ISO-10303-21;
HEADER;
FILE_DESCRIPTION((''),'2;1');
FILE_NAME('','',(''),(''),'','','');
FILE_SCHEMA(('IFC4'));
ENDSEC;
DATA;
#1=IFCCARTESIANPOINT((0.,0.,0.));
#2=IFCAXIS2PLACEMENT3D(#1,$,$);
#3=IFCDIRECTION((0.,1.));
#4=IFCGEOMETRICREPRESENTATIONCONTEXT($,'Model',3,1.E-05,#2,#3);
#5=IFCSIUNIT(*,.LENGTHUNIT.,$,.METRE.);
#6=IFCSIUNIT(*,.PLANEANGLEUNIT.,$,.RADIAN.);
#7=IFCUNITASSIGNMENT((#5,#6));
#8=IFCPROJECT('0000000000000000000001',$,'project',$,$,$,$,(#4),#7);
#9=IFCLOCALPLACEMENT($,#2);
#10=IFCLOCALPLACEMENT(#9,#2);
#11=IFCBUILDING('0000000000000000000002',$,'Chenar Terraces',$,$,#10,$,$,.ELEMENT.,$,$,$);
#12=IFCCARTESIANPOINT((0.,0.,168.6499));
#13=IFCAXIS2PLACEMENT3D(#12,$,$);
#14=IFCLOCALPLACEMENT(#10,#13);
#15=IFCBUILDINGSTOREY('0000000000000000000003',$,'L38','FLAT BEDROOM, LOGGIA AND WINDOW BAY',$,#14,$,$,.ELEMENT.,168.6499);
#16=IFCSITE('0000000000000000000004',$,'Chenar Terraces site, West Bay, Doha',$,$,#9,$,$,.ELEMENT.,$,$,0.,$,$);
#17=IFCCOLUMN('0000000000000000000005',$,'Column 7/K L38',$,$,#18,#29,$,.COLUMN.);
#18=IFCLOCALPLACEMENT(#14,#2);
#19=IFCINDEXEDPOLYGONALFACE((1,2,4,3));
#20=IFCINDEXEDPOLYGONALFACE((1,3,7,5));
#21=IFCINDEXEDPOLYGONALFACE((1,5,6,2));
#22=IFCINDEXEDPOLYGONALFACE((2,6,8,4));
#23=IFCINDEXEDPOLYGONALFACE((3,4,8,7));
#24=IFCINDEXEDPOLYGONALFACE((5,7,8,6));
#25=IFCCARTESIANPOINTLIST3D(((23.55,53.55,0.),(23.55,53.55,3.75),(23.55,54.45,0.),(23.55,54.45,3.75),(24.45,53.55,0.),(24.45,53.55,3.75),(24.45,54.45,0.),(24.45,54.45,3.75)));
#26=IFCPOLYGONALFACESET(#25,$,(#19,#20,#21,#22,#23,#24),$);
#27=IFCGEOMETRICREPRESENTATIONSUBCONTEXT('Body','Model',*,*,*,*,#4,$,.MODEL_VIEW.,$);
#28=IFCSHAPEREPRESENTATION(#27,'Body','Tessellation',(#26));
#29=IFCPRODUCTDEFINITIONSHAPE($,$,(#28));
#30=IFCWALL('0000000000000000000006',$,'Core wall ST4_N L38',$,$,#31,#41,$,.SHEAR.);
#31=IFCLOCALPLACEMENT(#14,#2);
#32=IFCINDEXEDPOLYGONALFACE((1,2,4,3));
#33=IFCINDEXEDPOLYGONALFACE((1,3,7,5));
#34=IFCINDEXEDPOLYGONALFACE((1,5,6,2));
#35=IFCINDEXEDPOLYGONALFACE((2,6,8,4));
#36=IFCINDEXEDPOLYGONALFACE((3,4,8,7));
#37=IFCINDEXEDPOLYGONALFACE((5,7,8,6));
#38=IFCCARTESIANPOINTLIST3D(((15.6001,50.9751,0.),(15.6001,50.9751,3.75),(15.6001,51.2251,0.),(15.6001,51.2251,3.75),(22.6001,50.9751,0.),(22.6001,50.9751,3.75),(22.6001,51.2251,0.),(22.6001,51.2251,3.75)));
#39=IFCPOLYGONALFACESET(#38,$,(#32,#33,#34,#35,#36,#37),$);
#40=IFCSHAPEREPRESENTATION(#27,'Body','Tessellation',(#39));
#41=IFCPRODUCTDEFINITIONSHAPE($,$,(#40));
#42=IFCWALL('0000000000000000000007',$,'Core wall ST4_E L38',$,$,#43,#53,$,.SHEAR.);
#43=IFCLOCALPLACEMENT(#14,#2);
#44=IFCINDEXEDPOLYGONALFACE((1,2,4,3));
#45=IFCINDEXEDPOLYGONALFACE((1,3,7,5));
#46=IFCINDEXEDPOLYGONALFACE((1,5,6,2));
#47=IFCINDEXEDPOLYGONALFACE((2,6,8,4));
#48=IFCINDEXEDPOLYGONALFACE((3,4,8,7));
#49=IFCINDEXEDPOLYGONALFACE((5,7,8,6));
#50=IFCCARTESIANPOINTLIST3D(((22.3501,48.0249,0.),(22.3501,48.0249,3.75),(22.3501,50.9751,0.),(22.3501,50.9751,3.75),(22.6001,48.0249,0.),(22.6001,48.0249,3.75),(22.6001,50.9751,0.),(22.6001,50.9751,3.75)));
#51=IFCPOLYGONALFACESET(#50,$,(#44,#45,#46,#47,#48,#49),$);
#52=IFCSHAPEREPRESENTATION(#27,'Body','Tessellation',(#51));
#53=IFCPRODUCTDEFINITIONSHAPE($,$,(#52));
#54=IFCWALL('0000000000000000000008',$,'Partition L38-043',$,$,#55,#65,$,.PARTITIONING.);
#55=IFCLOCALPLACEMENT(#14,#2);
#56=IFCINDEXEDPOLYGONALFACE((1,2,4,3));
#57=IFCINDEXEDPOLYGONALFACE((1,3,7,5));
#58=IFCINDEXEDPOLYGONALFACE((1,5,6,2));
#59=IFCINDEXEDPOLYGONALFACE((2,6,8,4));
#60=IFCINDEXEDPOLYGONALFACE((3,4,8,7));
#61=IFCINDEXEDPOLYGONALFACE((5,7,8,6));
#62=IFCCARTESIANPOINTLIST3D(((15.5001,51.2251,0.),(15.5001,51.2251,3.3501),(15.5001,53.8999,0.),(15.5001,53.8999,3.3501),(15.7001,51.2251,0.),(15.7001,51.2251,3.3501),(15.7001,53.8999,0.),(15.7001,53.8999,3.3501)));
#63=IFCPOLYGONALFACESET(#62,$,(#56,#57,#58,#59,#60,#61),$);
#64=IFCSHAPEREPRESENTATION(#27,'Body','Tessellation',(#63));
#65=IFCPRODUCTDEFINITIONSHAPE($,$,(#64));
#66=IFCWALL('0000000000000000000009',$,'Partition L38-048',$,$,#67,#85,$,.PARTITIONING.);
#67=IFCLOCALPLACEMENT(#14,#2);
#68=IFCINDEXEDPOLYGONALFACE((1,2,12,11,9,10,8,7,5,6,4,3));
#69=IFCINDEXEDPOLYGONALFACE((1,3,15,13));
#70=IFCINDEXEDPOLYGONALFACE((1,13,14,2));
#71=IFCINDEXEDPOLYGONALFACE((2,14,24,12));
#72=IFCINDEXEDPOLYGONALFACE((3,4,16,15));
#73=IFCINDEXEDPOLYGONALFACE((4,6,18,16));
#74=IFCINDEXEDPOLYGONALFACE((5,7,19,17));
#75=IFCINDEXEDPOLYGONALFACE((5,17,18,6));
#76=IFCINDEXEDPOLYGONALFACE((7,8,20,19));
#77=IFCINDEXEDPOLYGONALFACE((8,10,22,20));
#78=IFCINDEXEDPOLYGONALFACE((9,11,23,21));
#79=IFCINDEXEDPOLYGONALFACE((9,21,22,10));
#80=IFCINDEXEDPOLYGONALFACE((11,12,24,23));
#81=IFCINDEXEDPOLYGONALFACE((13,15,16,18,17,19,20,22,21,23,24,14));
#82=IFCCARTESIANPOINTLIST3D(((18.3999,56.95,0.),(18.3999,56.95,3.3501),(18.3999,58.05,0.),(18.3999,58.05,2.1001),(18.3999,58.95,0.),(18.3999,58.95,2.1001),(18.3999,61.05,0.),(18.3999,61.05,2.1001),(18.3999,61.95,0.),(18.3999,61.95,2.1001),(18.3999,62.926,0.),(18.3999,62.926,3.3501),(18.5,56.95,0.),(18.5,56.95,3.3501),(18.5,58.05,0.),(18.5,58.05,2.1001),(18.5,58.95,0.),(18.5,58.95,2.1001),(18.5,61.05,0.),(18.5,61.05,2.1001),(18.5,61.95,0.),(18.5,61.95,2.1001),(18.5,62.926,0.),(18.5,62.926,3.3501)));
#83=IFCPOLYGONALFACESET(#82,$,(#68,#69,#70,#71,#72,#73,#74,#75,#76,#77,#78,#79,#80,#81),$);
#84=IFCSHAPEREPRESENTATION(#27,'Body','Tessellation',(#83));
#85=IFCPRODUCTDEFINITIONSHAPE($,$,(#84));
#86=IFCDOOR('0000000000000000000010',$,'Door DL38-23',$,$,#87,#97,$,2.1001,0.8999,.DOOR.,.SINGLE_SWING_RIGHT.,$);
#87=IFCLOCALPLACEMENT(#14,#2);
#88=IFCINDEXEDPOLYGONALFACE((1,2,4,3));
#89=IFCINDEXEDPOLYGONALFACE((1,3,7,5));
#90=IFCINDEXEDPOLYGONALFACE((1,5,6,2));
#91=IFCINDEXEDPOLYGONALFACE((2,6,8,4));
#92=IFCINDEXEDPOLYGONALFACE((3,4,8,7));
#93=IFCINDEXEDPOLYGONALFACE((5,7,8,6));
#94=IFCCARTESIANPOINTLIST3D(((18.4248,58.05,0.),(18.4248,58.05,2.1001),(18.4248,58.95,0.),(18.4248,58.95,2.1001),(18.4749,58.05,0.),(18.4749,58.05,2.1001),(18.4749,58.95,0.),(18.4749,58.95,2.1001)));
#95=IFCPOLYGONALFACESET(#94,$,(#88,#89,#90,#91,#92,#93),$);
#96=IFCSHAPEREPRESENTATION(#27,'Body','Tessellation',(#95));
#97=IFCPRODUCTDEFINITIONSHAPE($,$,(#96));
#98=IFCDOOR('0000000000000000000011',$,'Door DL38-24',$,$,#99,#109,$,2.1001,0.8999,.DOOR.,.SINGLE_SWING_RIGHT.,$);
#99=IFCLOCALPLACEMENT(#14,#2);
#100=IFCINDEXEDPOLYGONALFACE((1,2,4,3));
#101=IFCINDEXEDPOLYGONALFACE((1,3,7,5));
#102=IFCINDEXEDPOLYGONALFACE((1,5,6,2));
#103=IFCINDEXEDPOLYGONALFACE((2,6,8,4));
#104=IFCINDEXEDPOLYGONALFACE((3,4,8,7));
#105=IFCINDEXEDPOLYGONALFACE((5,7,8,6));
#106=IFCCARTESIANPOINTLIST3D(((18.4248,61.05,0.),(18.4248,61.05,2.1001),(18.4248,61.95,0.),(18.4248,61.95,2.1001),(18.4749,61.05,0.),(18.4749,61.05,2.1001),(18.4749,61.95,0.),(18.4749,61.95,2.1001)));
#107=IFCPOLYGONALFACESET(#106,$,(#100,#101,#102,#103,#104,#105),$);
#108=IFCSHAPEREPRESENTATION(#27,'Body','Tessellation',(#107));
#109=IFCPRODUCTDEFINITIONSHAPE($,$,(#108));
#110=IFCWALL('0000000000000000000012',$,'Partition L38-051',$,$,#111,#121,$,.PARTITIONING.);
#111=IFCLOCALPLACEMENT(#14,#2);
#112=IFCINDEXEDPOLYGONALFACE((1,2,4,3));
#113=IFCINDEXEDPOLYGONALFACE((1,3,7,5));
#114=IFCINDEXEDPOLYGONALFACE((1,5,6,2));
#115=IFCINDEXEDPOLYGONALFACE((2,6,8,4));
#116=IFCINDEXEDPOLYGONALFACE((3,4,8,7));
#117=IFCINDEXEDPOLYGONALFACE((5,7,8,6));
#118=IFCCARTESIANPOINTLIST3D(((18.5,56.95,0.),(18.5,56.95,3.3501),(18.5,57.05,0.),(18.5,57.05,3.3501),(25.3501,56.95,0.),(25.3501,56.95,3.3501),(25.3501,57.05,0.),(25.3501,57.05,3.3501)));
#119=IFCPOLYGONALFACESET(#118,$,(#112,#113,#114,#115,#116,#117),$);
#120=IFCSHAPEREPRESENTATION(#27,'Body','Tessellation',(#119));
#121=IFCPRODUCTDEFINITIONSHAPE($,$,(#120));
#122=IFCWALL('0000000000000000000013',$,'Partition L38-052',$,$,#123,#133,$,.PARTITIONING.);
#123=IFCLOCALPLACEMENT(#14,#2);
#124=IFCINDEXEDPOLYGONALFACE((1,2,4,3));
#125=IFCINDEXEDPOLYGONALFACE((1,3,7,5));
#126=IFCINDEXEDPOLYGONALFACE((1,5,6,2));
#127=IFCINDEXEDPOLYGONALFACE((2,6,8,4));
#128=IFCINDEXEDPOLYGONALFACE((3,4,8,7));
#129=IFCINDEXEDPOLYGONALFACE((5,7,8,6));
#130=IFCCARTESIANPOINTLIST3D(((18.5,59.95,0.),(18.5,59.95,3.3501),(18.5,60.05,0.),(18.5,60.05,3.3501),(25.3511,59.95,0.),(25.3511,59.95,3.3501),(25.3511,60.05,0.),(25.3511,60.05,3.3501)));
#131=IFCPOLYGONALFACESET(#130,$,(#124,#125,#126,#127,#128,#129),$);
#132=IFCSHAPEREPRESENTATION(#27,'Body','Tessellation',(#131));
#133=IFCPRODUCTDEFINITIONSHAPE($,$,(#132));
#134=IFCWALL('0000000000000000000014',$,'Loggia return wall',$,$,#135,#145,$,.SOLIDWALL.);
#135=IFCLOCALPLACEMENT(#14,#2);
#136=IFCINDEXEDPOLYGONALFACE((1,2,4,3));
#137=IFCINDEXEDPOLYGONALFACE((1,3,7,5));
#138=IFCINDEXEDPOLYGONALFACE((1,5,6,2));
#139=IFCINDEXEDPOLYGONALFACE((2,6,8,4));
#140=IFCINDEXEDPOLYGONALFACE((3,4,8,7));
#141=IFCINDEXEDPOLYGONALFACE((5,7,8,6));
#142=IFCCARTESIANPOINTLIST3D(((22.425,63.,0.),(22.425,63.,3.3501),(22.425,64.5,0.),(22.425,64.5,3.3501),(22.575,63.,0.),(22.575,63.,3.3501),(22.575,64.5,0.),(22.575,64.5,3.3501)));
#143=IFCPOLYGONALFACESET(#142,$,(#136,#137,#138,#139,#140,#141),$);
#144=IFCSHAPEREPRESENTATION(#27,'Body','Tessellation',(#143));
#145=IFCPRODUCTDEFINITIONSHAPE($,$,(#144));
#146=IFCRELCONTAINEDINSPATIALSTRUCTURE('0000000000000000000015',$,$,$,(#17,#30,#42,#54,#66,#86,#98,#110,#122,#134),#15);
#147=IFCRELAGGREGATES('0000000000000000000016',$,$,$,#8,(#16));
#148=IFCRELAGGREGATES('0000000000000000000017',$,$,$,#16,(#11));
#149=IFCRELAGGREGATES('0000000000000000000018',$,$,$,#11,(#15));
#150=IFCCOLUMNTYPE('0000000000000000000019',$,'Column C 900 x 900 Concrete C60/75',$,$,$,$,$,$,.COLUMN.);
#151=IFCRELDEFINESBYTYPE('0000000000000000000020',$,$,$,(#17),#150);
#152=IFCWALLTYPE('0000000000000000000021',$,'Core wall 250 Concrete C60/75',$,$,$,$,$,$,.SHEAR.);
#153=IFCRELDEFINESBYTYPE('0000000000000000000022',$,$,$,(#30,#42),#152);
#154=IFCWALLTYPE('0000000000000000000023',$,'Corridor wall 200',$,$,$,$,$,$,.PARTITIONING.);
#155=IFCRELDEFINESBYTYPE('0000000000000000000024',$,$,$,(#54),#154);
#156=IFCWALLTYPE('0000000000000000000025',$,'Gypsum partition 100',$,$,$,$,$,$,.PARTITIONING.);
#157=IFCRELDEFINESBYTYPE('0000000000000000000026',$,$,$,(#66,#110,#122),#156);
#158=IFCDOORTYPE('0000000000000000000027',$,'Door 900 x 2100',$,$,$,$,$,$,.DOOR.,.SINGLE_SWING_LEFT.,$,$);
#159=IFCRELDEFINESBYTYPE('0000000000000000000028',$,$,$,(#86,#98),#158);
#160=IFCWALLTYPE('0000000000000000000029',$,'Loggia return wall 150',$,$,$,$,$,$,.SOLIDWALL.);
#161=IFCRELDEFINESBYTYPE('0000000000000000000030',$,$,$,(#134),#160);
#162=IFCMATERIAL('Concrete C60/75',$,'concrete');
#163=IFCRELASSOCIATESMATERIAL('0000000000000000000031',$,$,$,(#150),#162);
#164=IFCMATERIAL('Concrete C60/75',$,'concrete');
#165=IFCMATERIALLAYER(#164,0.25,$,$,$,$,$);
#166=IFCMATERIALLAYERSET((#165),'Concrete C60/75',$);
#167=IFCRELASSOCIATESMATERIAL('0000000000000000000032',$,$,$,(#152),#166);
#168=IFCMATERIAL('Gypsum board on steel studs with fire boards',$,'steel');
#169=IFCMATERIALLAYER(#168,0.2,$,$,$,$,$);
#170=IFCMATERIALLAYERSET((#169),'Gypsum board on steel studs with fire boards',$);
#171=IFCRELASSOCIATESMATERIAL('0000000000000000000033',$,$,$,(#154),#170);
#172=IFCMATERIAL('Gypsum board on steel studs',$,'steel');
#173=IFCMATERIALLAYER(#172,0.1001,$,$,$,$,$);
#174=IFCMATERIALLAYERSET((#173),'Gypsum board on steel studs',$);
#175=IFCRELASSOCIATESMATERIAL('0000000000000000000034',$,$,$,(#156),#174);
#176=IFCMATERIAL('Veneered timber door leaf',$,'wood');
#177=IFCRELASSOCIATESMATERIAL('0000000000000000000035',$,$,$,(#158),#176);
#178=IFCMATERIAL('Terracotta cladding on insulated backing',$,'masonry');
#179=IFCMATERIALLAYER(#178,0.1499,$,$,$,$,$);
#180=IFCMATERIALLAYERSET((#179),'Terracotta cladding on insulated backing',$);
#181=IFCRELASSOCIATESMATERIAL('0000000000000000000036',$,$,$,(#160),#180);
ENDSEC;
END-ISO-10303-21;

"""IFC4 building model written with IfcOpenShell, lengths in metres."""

from ifc_helpers import new_model, si_unit, direction, frame, frame_2d, origin, origin_2d, place, context, subcontext, project, spatial, rectangle, extrude, material, layer, layer_set, material_profile, profile_set, type_object, element, fill, save


model = new_model("IFC4")

# Units and contexts
model_context = context("Model", 3, precision=1e-05, world=origin(), true_north=direction((0.0, 1.0)))
body_context = subcontext(model_context, "Body", "Model", "MODEL_VIEW")
ifc_project = project(units=[si_unit("LENGTHUNIT", "METRE"), si_unit("PLANEANGLEUNIT", "RADIAN")], contexts=[model_context])

# Site, building, storey
site_placement = place(None, origin())
site = spatial("IfcSite", under=ifc_project, at=site_placement, Name="Chenar Terraces site, West Bay, Doha", CompositionType="ELEMENT", RefElevation=0.0)
building_placement = place(site_placement, origin())
building = spatial("IfcBuilding", under=site, at=building_placement, Name="Chenar Terraces", CompositionType="ELEMENT")
storey_placement = place(building_placement, frame((0.0, 0.0, 168.6499)))
storey = spatial("IfcBuildingStorey", under=building, at=storey_placement, Name="L38", Description="FLAT BEDROOM, LOGGIA AND WINDOW BAY", CompositionType="ELEMENT", Elevation=168.6499)

# Column
ifc_material_1 = material(Name="Concrete C60/75", Category="concrete")
ifc_material_profile = material_profile(ifc_material_1, rectangle(XDim=0.8999, YDim=0.8999, at=origin_2d()), Name="C 900 x 900")
ifc_profile_set = profile_set([ifc_material_profile], Name="Concrete C60/75")
column_type = type_object("IfcColumnType", Name="Column C 900 x 900 Concrete C60/75", PredefinedType="COLUMN", material=ifc_profile_set)
column_placement = place(storey_placement, frame((24.0, 54.0, 0.0), z_axis=(0.0, 0.0, 1.0), x_axis=(1.0, 0.0, 0.0)))
element("IfcColumn", 1, at=column_placement, inside=storey, type_object=column_type, Name="Column 7/K L38", PredefinedType="COLUMN", context=body_context, shape_type="SweptSolid", body=[
    extrude(rectangle(XDim=0.8999, YDim=0.8999, at=origin_2d()), origin(), (0.0, 0.0, 1.0), 3.75),
])

# Walls
ifc_material_2 = material(Name="Concrete C60/75", Category="concrete")
ifc_layer_1 = layer(ifc_material_2, 0.25)
ifc_layer_set_1 = layer_set([ifc_layer_1], Name="Concrete C60/75")
wall_type_1 = type_object("IfcWallType", Name="Core wall 250 Concrete C60/75", PredefinedType="SHEAR", material=ifc_layer_set_1)
wall_1_placement = place(storey_placement, frame((15.6001, 51.1001, 0.0), z_axis=(0.0, 0.0, 1.0), x_axis=(1.0, 0.0, 0.0)))
element("IfcWall", 2, at=wall_1_placement, inside=storey, type_object=wall_type_1, Name="Core wall ST4_N L38", PredefinedType="SHEAR", context=body_context, shape_type="SweptSolid", body=[
    extrude(rectangle(XDim=7.0, YDim=0.25, at=frame_2d((3.5, 0.0))), origin(), (0.0, 0.0, 1.0), 3.75),
])
wall_2_placement = place(storey_placement, frame((22.4751, 48.0249, 0.0), z_axis=(0.0, 0.0, 1.0), x_axis=(0.0, 1.0, 0.0)))
element("IfcWall", 3, at=wall_2_placement, inside=storey, type_object=wall_type_1, Name="Core wall ST4_E L38", PredefinedType="SHEAR", context=body_context, shape_type="SweptSolid", body=[
    extrude(rectangle(XDim=2.9502, YDim=0.25, at=frame_2d((1.4751, 0.0))), origin(), (0.0, 0.0, 1.0), 3.75),
])
ifc_material_3 = material(Name="Gypsum board on steel studs with fire boards", Category="steel")
ifc_layer_2 = layer(ifc_material_3, 0.2)
ifc_layer_set_2 = layer_set([ifc_layer_2], Name="Gypsum board on steel studs with fire boards")
wall_type_2 = type_object("IfcWallType", Name="Corridor wall 200", PredefinedType="PARTITIONING", material=ifc_layer_set_2)
wall_3_placement = place(storey_placement, frame((15.6001, 51.2251, 0.0), z_axis=(0.0, 0.0, 1.0), x_axis=(0.0, 1.0, 0.0)))
element("IfcWall", 4, at=wall_3_placement, inside=storey, type_object=wall_type_2, Name="Partition L38-043", PredefinedType="PARTITIONING", context=body_context, shape_type="SweptSolid", body=[
    extrude(rectangle(XDim=2.6748, YDim=0.2, at=frame_2d((1.3374, 0.0))), origin(), (0.0, 0.0, 1.0), 3.3501),
])

# Wall, openings, doors
ifc_material_4 = material(Name="Gypsum board on steel studs", Category="steel")
ifc_layer_3 = layer(ifc_material_4, 0.1001)
ifc_layer_set_3 = layer_set([ifc_layer_3], Name="Gypsum board on steel studs")
wall_type_3 = type_object("IfcWallType", Name="Gypsum partition 100", PredefinedType="PARTITIONING", material=ifc_layer_set_3)
wall_4_placement = place(storey_placement, frame((18.45, 56.95, 0.0), z_axis=(0.0, 0.0, 1.0), x_axis=(0.0, 1.0, 0.0)))
wall_4 = element("IfcWall", 5, at=wall_4_placement, inside=storey, type_object=wall_type_3, Name="Partition L38-048", PredefinedType="PARTITIONING", context=body_context, shape_type="SweptSolid", body=[
    extrude(rectangle(XDim=5.9761, YDim=0.1001, at=frame_2d((2.988, 0.0))), origin(), (0.0, 0.0, 1.0), 3.3501),
])
opening_1_placement = place(wall_4_placement, frame((1.1001, 0.0, 0.0)))
opening_1 = element("IfcOpeningElement", 6, at=opening_1_placement, cuts=wall_4, PredefinedType="OPENING", context=body_context, shape_type="SweptSolid", body=[
    extrude(rectangle(XDim=0.8999, YDim=2.1001, at=frame_2d((0.45, 1.05))), frame((0.0, 0.0601, 0.0), z_axis=(0.0, -1.0, 0.0), x_axis=(1.0, 0.0, 0.0)), (0.0, 0.0, 1.0), 0.1201),
])
opening_2_placement = place(wall_4_placement, frame((4.1001, 0.0, 0.0)))
opening_2 = element("IfcOpeningElement", 7, at=opening_2_placement, cuts=wall_4, PredefinedType="OPENING", context=body_context, shape_type="SweptSolid", body=[
    extrude(rectangle(XDim=0.8999, YDim=2.1001, at=frame_2d((0.45, 1.05))), frame((0.0, 0.0601, 0.0), z_axis=(0.0, -1.0, 0.0), x_axis=(1.0, 0.0, 0.0)), (0.0, 0.0, 1.0), 0.1201),
])
ifc_material_5 = material(Name="Veneered timber door leaf", Category="wood")
door_type_1 = type_object("IfcDoorType", Name="Door 900 x 2100", OperationType="SINGLE_SWING_LEFT", PredefinedType="DOOR", material=ifc_material_5)
door_1_placement = place(opening_1_placement, frame((0.8999, 0.0, 0.0), z_axis=(0.0, 0.0, 1.0), x_axis=(-1.0, 0.0, 0.0)))
door_1 = element("IfcDoor", 8, at=door_1_placement, inside=storey, type_object=door_type_1, Name="Door DL38-23", OperationType="SINGLE_SWING_RIGHT", OverallHeight=2.1001, OverallWidth=0.8999, PredefinedType="DOOR", context=body_context, shape_type="SweptSolid", body=[
    extrude(rectangle(XDim=0.8999, YDim=2.1001, at=frame_2d((0.45, 1.05))), frame((0.0, 0.0249, 0.0), z_axis=(0.0, -1.0, 0.0), x_axis=(1.0, 0.0, 0.0)), (0.0, 0.0, 1.0), 0.05),
])
fill(opening_1, door_1)
door_2_placement = place(opening_2_placement, frame((0.8999, 0.0, 0.0), z_axis=(0.0, 0.0, 1.0), x_axis=(-1.0, 0.0, 0.0)))
door_2 = element("IfcDoor", 9, at=door_2_placement, inside=storey, type_object=door_type_1, Name="Door DL38-24", OperationType="SINGLE_SWING_RIGHT", OverallHeight=2.1001, OverallWidth=0.8999, PredefinedType="DOOR", context=body_context, shape_type="SweptSolid", body=[
    extrude(rectangle(XDim=0.8999, YDim=2.1001, at=frame_2d((0.45, 1.05))), frame((0.0, 0.0249, 0.0), z_axis=(0.0, -1.0, 0.0), x_axis=(1.0, 0.0, 0.0)), (0.0, 0.0, 1.0), 0.05),
])
fill(opening_2, door_2)

# Walls
wall_5_placement = place(storey_placement, frame((18.5, 57.0, 0.0), z_axis=(0.0, 0.0, 1.0), x_axis=(1.0, 0.0, 0.0)))
element("IfcWall", 10, at=wall_5_placement, inside=storey, type_object=wall_type_3, Name="Partition L38-051", PredefinedType="PARTITIONING", context=body_context, shape_type="SweptSolid", body=[
    extrude(rectangle(XDim=6.8501, YDim=0.1001, at=frame_2d((3.425, 0.0))), origin(), (0.0, 0.0, 1.0), 3.3501),
])
wall_6_placement = place(storey_placement, frame((18.5, 60.0, 0.0), z_axis=(0.0, 0.0, 1.0), x_axis=(1.0, 0.0, 0.0)))
element("IfcWall", 11, at=wall_6_placement, inside=storey, type_object=wall_type_3, Name="Partition L38-052", PredefinedType="PARTITIONING", context=body_context, shape_type="SweptSolid", body=[
    extrude(rectangle(XDim=6.8511, YDim=0.1001, at=frame_2d((3.4255, 0.0))), origin(), (0.0, 0.0, 1.0), 3.3501),
])
ifc_material_6 = material(Name="Terracotta cladding on insulated backing", Category="masonry")
ifc_layer_4 = layer(ifc_material_6, 0.1499)
ifc_layer_set_4 = layer_set([ifc_layer_4], Name="Terracotta cladding on insulated backing")
wall_type_4 = type_object("IfcWallType", Name="Loggia return wall 150", PredefinedType="SOLIDWALL", material=ifc_layer_set_4)
wall_7_placement = place(storey_placement, frame((22.5, 64.5, 0.0), z_axis=(0.0, 0.0, 1.0), x_axis=(0.0, -1.0, 0.0)))
element("IfcWall", 12, at=wall_7_placement, inside=storey, type_object=wall_type_4, Name="Loggia return wall", PredefinedType="SOLIDWALL", context=body_context, shape_type="SweptSolid", body=[
    extrude(rectangle(XDim=1.5, YDim=0.1499, at=frame_2d((0.75, 0.0))), origin(), (0.0, 0.0, 1.0), 3.3501),
])

save(model, "model.ifc")
